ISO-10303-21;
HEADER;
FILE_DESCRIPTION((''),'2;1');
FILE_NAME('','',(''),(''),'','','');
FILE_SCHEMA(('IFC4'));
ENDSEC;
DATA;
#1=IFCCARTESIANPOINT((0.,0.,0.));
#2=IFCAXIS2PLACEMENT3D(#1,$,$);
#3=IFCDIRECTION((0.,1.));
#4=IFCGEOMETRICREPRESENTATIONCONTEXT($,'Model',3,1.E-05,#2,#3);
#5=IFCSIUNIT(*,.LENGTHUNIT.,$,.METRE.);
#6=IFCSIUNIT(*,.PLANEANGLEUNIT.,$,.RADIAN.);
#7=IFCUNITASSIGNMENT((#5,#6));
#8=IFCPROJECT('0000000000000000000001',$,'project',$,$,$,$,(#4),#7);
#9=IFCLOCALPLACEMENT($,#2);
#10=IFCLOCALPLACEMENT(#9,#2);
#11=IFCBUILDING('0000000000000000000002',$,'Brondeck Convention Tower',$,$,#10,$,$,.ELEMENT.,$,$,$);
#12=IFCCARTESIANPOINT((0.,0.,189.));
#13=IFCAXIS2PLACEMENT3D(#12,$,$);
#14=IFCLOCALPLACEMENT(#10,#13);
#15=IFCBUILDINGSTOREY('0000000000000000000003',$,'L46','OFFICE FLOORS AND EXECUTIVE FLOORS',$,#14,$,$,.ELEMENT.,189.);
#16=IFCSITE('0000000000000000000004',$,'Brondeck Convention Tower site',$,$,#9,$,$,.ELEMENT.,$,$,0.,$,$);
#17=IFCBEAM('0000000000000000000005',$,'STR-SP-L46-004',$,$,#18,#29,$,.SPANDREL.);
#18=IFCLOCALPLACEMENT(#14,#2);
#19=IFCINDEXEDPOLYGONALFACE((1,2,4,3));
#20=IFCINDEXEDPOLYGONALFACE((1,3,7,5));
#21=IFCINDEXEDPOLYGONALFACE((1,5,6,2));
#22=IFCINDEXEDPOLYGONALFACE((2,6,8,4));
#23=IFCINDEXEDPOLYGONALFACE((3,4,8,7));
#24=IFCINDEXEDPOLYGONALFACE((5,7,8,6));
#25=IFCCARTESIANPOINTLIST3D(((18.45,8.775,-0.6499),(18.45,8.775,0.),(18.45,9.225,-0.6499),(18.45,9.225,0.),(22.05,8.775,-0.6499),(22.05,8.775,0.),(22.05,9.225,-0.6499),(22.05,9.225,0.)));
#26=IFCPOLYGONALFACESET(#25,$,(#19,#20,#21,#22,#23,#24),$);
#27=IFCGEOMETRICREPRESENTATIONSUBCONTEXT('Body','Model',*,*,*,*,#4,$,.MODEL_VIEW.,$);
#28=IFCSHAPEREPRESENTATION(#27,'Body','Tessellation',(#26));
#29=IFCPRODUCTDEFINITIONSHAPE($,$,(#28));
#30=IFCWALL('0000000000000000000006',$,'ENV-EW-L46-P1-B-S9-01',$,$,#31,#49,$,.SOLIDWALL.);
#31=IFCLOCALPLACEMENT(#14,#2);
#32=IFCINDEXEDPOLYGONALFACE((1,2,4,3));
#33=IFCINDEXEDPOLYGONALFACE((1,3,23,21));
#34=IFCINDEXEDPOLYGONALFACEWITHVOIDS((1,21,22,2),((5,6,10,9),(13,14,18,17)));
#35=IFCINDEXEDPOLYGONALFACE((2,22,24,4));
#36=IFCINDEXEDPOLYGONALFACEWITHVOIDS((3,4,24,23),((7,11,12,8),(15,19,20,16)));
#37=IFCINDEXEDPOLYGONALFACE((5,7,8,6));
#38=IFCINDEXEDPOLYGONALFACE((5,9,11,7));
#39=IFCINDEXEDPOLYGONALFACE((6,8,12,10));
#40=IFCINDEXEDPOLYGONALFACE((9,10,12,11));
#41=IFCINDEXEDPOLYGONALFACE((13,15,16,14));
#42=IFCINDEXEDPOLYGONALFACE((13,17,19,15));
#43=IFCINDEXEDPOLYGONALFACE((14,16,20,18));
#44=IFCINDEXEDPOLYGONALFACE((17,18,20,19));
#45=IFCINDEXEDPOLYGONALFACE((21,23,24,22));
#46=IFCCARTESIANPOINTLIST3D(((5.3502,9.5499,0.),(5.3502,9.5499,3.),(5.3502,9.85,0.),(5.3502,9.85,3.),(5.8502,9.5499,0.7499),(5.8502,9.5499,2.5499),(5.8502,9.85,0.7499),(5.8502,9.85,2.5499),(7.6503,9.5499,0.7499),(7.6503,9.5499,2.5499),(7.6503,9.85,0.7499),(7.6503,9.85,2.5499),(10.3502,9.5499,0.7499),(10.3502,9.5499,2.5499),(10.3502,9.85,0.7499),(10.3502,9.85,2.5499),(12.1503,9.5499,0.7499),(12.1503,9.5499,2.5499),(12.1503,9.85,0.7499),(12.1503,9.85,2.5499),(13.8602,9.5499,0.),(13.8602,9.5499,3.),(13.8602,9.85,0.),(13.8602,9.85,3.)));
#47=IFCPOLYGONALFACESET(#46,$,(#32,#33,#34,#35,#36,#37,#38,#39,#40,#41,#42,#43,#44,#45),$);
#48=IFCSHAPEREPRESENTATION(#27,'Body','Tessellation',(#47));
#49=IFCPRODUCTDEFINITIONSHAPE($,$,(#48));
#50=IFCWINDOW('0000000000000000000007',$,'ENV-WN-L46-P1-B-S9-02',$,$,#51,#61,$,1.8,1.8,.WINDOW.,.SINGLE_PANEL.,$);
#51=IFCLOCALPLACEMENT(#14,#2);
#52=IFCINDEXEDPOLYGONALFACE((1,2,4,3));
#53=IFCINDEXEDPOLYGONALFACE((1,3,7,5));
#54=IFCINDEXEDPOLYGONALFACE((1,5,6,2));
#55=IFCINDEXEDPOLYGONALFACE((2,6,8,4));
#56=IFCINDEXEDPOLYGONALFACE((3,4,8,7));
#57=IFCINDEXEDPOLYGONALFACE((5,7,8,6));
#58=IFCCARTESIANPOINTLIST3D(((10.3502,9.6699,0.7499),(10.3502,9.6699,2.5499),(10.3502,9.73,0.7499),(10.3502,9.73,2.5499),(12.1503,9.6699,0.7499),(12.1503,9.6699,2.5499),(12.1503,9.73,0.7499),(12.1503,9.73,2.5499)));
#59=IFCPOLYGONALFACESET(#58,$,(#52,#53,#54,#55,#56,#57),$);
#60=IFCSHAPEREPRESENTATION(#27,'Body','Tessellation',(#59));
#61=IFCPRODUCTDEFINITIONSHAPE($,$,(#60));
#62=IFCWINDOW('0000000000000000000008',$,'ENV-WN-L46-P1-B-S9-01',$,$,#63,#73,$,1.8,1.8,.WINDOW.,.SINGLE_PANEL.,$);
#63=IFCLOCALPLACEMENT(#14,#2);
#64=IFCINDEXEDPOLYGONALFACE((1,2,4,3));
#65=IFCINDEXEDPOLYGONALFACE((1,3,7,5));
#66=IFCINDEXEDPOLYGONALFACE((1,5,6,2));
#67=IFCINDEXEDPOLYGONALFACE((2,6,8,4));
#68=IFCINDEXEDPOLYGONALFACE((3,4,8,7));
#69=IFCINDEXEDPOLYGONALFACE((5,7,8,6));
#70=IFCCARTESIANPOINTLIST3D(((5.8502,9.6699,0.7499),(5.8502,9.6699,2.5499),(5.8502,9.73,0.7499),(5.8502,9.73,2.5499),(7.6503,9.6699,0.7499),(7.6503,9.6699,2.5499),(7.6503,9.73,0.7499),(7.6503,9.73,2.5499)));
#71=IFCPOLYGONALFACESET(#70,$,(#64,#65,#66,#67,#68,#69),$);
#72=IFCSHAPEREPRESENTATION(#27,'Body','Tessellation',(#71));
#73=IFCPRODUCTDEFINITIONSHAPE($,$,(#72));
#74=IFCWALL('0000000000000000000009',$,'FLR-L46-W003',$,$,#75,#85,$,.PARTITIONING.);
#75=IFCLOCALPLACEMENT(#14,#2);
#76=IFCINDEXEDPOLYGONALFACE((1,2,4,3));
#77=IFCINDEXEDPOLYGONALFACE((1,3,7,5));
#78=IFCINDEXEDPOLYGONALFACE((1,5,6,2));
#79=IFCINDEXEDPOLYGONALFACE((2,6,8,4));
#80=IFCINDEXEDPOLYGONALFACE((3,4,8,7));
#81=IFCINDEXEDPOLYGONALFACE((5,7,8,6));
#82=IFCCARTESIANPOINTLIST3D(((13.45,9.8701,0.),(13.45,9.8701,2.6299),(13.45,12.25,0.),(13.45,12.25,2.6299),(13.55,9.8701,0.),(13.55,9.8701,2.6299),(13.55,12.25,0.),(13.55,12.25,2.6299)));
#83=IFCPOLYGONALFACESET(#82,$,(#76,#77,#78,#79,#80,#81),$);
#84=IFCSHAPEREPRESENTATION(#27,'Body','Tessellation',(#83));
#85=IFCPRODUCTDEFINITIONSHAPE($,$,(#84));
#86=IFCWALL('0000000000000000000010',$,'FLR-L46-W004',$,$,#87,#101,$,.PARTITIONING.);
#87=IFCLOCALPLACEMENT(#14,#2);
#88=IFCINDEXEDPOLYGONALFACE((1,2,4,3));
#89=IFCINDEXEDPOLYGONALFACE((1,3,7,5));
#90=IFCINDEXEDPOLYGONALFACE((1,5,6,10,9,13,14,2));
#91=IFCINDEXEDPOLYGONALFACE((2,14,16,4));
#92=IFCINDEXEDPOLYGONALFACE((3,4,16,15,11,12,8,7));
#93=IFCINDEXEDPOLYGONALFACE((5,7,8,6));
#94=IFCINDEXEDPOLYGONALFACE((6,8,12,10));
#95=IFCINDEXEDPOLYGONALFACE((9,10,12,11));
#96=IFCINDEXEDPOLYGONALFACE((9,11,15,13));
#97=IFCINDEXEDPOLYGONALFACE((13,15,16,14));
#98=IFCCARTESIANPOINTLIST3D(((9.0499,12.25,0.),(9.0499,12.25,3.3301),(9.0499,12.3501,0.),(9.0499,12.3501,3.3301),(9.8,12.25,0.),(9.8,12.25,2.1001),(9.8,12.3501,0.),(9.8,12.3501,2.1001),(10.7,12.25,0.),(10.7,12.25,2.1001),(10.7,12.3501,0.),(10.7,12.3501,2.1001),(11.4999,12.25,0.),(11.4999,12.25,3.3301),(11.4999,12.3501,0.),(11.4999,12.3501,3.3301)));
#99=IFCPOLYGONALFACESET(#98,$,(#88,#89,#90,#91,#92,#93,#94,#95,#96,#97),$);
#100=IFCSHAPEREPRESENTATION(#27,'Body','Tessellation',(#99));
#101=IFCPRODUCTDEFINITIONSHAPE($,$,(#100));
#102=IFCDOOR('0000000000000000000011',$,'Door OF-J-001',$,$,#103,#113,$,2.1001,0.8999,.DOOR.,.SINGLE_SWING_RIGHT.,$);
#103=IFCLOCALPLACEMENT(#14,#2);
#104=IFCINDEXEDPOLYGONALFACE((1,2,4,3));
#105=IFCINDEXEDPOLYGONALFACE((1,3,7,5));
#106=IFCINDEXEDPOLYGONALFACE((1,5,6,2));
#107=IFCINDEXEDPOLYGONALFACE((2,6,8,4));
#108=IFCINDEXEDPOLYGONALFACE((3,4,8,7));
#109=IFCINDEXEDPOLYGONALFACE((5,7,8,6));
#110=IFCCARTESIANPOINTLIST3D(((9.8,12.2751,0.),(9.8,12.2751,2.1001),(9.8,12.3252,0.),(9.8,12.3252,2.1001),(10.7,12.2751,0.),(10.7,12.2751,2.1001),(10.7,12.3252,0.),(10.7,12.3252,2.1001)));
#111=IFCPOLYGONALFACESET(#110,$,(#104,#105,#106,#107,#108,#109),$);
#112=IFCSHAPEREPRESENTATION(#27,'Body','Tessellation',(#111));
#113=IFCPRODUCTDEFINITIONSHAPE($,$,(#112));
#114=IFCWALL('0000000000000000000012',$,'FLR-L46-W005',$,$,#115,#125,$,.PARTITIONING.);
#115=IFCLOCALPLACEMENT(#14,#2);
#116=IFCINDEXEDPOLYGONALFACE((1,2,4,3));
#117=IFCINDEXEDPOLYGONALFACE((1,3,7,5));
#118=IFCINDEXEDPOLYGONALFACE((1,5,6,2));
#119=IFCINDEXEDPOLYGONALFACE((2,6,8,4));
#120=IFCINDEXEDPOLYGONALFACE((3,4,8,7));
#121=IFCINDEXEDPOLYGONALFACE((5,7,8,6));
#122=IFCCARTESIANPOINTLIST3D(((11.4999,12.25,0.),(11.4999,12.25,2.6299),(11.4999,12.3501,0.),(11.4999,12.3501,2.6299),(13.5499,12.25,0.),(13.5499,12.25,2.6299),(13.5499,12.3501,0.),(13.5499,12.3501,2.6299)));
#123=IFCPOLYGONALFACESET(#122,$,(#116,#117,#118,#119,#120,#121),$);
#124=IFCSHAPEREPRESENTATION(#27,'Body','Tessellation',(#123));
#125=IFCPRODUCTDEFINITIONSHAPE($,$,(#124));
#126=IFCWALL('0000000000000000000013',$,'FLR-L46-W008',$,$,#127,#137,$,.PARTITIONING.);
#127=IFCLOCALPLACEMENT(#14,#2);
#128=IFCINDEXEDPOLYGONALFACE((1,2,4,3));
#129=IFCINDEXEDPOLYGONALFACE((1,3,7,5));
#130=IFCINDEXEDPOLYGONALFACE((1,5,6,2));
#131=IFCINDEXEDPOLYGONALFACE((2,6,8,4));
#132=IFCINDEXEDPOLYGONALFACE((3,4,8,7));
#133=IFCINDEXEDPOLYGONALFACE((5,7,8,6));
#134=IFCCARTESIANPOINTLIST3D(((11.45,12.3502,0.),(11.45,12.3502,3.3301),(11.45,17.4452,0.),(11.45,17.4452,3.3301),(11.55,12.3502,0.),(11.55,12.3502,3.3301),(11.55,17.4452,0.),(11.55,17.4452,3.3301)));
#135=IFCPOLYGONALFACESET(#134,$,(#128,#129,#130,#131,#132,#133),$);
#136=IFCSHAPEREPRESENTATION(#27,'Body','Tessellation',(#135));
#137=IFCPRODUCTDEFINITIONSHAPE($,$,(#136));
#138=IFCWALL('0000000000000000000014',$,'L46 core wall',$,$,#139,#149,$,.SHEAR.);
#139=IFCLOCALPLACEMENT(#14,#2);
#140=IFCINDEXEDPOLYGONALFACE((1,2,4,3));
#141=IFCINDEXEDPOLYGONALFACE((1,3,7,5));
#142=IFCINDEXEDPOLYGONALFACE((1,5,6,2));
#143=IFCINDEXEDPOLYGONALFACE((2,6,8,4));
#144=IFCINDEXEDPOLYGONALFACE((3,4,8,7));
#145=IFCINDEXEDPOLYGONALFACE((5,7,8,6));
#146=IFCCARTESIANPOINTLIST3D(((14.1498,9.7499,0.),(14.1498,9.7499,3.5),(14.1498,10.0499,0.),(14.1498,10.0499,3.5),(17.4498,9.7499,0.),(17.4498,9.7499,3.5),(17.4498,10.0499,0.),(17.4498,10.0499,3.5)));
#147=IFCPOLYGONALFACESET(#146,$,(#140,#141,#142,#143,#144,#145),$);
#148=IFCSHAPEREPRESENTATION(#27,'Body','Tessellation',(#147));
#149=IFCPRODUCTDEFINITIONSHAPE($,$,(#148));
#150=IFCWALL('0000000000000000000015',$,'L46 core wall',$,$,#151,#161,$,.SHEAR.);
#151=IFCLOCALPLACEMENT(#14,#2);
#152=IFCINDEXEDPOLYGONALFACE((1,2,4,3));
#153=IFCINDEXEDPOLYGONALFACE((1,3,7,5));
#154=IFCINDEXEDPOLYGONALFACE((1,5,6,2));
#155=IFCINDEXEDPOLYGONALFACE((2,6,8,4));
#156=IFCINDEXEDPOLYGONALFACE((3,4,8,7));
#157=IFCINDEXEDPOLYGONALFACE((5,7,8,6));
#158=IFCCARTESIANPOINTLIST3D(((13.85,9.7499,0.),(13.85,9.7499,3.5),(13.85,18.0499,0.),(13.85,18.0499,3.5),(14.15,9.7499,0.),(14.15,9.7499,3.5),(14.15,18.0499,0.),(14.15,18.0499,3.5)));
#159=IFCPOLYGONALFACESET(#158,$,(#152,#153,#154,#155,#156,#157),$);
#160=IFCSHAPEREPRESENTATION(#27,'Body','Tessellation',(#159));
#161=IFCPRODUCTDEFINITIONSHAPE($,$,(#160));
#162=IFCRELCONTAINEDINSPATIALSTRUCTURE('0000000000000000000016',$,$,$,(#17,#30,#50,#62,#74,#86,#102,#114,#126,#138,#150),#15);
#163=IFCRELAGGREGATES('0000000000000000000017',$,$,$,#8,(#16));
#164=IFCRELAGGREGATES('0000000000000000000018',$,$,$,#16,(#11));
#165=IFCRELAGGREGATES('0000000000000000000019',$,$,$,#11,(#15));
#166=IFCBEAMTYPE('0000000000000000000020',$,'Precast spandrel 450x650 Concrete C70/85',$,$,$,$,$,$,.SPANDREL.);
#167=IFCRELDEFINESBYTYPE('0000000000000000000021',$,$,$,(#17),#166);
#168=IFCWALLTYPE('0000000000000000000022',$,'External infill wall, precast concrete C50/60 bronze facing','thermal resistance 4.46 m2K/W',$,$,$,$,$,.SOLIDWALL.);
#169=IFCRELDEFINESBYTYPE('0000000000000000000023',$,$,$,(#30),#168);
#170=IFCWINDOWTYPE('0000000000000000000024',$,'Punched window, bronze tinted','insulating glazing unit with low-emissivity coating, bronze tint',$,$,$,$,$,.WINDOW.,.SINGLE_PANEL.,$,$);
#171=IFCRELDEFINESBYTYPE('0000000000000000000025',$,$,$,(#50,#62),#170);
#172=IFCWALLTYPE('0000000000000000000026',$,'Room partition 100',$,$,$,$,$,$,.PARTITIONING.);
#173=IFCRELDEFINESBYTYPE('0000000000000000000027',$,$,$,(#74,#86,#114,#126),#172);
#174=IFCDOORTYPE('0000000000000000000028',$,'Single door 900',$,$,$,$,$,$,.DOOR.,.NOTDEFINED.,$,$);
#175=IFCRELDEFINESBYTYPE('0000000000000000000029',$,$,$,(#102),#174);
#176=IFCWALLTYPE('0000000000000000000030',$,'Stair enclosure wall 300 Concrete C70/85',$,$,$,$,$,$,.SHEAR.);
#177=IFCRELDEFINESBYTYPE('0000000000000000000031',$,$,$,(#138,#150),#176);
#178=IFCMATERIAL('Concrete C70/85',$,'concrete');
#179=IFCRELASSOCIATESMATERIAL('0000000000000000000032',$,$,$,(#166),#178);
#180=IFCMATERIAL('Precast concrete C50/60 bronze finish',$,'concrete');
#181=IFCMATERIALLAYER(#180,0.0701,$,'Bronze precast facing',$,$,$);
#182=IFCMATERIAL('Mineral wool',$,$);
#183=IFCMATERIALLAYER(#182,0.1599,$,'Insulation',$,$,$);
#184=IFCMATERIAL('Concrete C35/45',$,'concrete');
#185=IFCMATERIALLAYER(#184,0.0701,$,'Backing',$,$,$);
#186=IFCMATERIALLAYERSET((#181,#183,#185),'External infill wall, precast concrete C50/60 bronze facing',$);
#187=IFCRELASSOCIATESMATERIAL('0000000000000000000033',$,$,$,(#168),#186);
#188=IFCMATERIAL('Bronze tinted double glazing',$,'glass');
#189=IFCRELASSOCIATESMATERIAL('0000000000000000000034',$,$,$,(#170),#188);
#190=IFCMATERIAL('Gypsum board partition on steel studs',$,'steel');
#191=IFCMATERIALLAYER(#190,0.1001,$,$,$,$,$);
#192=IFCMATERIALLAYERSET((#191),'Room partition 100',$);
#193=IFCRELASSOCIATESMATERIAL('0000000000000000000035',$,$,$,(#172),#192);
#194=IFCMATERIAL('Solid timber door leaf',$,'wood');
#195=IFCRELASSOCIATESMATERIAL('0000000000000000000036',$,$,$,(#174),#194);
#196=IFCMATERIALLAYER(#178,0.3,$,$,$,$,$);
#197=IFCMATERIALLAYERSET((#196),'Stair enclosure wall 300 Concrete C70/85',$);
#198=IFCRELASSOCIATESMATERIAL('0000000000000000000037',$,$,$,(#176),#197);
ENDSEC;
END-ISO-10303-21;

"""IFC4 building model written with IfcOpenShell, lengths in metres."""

from ifc_helpers import new_model, si_unit, direction, frame, frame_2d, origin, origin_2d, place, context, subcontext, project, spatial, rectangle, extrude, material, layer, layer_set, material_profile, profile_set, type_object, element, fill, save


model = new_model("IFC4")

# Units and contexts
model_context = context("Model", 3, precision=1e-05, world=origin(), true_north=direction((0.0, 1.0)))
body_context = subcontext(model_context, "Body", "Model", "MODEL_VIEW")
ifc_project = project(units=[si_unit("LENGTHUNIT", "METRE"), si_unit("PLANEANGLEUNIT", "RADIAN")], contexts=[model_context])

# Site, building, storey
site_placement = place(None, origin())
site = spatial("IfcSite", under=ifc_project, at=site_placement, Name="Brondeck Convention Tower site", CompositionType="ELEMENT", RefElevation=0.0)
building_placement = place(site_placement, origin())
building = spatial("IfcBuilding", under=site, at=building_placement, Name="Brondeck Convention Tower", CompositionType="ELEMENT")
storey_placement = place(building_placement, frame((0.0, 0.0, 189.0)))
storey = spatial("IfcBuildingStorey", under=building, at=storey_placement, Name="L46", Description="OFFICE FLOORS AND EXECUTIVE FLOORS", CompositionType="ELEMENT", Elevation=189.0)

# Shared definitions
ifc_material_1 = material(Name="Concrete C70/85", Category="concrete")

# Beam
ifc_material_profile_1 = material_profile(ifc_material_1, rectangle(XDim=0.45, YDim=0.6499, at=origin_2d()), Name="Precast spandrel 450x650 Concrete C70/85")
ifc_profile_set_1 = profile_set([ifc_material_profile_1], Name="Concrete C70/85")
beam_type_1 = type_object("IfcBeamType", Name="Precast spandrel 450x650 Concrete C70/85", PredefinedType="SPANDREL", material=ifc_profile_set_1)
for number, where, z_axis, x_axis, name in (
    (1, (18.45, 9.0, -0.325), (1.0, 0.0, 0.0), (0.0, 1.0, 0.0), "STR-SP-L46-004"),
):
    element("IfcBeam", number, at=place(storey_placement, frame(where, z_axis=z_axis, x_axis=x_axis)), inside=storey, type_object=beam_type_1, Name=name, PredefinedType="SPANDREL", context=body_context, shape_type="SweptSolid", body=[
        extrude(rectangle(XDim=0.45, YDim=0.6499, at=origin_2d()), origin(), (0.0, 0.0, 1.0), 3.6001),
    ])

# Wall, openings, windows
ifc_material_2 = material(Name="Precast concrete C50/60 bronze finish", Category="concrete")
ifc_layer_1 = layer(ifc_material_2, 0.0701, Name="Bronze precast facing")
ifc_material_3 = material(Name="Mineral wool")
ifc_layer_2 = layer(ifc_material_3, 0.1599, Name="Insulation")
ifc_material_4 = material(Name="Concrete C35/45", Category="concrete")
ifc_layer_3 = layer(ifc_material_4, 0.0701, Name="Backing")
ifc_layer_set_1 = layer_set([ifc_layer_1, ifc_layer_2, ifc_layer_3], Name="External infill wall, precast concrete C50/60 bronze facing")
wall_type_1 = type_object("IfcWallType", Name="External infill wall, precast concrete C50/60 bronze facing", Description="thermal resistance 4.46 m2K/W", PredefinedType="SOLIDWALL", material=ifc_layer_set_1)
wall_1_placement = place(storey_placement, frame((13.8601, 9.7, 0.0), z_axis=(0.0, 0.0, 1.0), x_axis=(-1.0, 0.0, 0.0)))
wall_1 = element("IfcWall", 2, at=wall_1_placement, inside=storey, type_object=wall_type_1, Name="ENV-EW-L46-P1-B-S9-01", PredefinedType="SOLIDWALL", context=body_context, shape_type="SweptSolid", body=[
    extrude(rectangle(XDim=8.51, YDim=0.3, at=frame_2d((4.2549, 0.0))), origin(), (0.0, 0.0, 1.0), 3.0),
])
opening_1_placement = place(wall_1_placement, frame((1.71, 0.0, 0.75)))
opening_1 = element("IfcOpeningElement", 3, at=opening_1_placement, cuts=wall_1, PredefinedType="OPENING", context=body_context, shape_type="SweptSolid", body=[
    extrude(rectangle(XDim=1.8, YDim=1.8, at=frame_2d((0.8999, 0.8999))), frame((0.0, 0.1599, 0.0), z_axis=(0.0, -1.0, 0.0), x_axis=(1.0, 0.0, 0.0)), (0.0, 0.0, 1.0), 0.3201),
])
opening_2_placement = place(wall_1_placement, frame((6.21, 0.0, 0.75)))
opening_2 = element("IfcOpeningElement", 4, at=opening_2_placement, cuts=wall_1, PredefinedType="OPENING", context=body_context, shape_type="SweptSolid", body=[
    extrude(rectangle(XDim=1.8, YDim=1.8, at=frame_2d((0.8999, 0.8999))), frame((0.0, 0.1599, 0.0), z_axis=(0.0, -1.0, 0.0), x_axis=(1.0, 0.0, 0.0)), (0.0, 0.0, 1.0), 0.3201),
])
ifc_material_5 = material(Name="Bronze tinted double glazing", Category="glass")
window_type = type_object("IfcWindowType", Name="Punched window, bronze tinted", Description="insulating glazing unit with low-emissivity coating, bronze tint", PartitioningType="SINGLE_PANEL", PredefinedType="WINDOW", material=ifc_material_5)
window_1_placement = place(opening_1_placement, origin())
window_1 = element("IfcWindow", 5, at=window_1_placement, inside=storey, type_object=window_type, Name="ENV-WN-L46-P1-B-S9-02", OverallHeight=1.8, OverallWidth=1.8, PartitioningType="SINGLE_PANEL", PredefinedType="WINDOW", context=body_context, shape_type="SweptSolid", body=[
    extrude(rectangle(XDim=1.8, YDim=1.8, at=frame_2d((0.8999, 0.8999))), frame((0.0, 0.03, 0.0), z_axis=(0.0, -1.0, 0.0), x_axis=(1.0, 0.0, 0.0)), (0.0, 0.0, 1.0), 0.0601),
])
fill(opening_1, window_1)
window_2_placement = place(opening_2_placement, origin())
window_2 = element("IfcWindow", 6, at=window_2_placement, inside=storey, type_object=window_type, Name="ENV-WN-L46-P1-B-S9-01", OverallHeight=1.8, OverallWidth=1.8, PartitioningType="SINGLE_PANEL", PredefinedType="WINDOW", context=body_context, shape_type="SweptSolid", body=[
    extrude(rectangle(XDim=1.8, YDim=1.8, at=frame_2d((0.8999, 0.8999))), frame((0.0, 0.03, 0.0), z_axis=(0.0, -1.0, 0.0), x_axis=(1.0, 0.0, 0.0)), (0.0, 0.0, 1.0), 0.0601),
])
fill(opening_2, window_2)

# Wall
ifc_material_6 = material(Name="Gypsum board partition on steel studs", Category="steel")
ifc_layer_4 = layer(ifc_material_6, 0.1001)
ifc_layer_set_2 = layer_set([ifc_layer_4], Name="Room partition 100")
wall_type_2 = type_object("IfcWallType", Name="Room partition 100", PredefinedType="PARTITIONING", material=ifc_layer_set_2)
wall_2_placement = place(storey_placement, frame((13.5, 12.25, 0.0), z_axis=(0.0, 0.0, 1.0), x_axis=(0.0, -1.0, 0.0)))
element("IfcWall", 7, at=wall_2_placement, inside=storey, type_object=wall_type_2, Name="FLR-L46-W003", PredefinedType="PARTITIONING", context=body_context, shape_type="SweptSolid", body=[
    extrude(rectangle(XDim=2.3799, YDim=0.1001, at=frame_2d((1.1899, 0.0))), origin(), (0.0, 0.0, 1.0), 2.6299),
])

# Wall, opening, door
wall_3_placement = place(storey_placement, frame((11.5, 12.3, 0.0), z_axis=(0.0, 0.0, 1.0), x_axis=(-1.0, 0.0, 0.0)))
wall_3 = element("IfcWall", 8, at=wall_3_placement, inside=storey, type_object=wall_type_2, Name="FLR-L46-W004", PredefinedType="PARTITIONING", context=body_context, shape_type="SweptSolid", body=[
    extrude(rectangle(XDim=2.45, YDim=0.1001, at=frame_2d((1.2251, 0.0))), origin(), (0.0, 0.0, 1.0), 3.3301),
])
opening_3_placement = place(wall_3_placement, frame((0.8, 0.0, 0.0)))
opening_3 = element("IfcOpeningElement", 9, at=opening_3_placement, cuts=wall_3, PredefinedType="OPENING", context=body_context, shape_type="SweptSolid", body=[
    extrude(rectangle(XDim=0.8999, YDim=2.1001, at=frame_2d((0.45, 1.05))), frame((0.0, 0.0601, 0.0), z_axis=(0.0, -1.0, 0.0), x_axis=(1.0, 0.0, 0.0)), (0.0, 0.0, 1.0), 0.1201),
])
ifc_material_7 = material(Name="Solid timber door leaf", Category="wood")
door_type_1 = type_object("IfcDoorType", Name="Single door 900", OperationType="NOTDEFINED", PredefinedType="DOOR", material=ifc_material_7)
door_1_placement = place(opening_3_placement, origin())
door_1 = element("IfcDoor", 10, at=door_1_placement, inside=storey, type_object=door_type_1, Name="Door OF-J-001", OperationType="SINGLE_SWING_RIGHT", OverallHeight=2.1001, OverallWidth=0.8999, PredefinedType="DOOR", context=body_context, shape_type="SweptSolid", body=[
    extrude(rectangle(XDim=0.8999, YDim=2.1001, at=frame_2d((0.45, 1.05))), frame((0.0, 0.0249, 0.0), z_axis=(0.0, -1.0, 0.0), x_axis=(1.0, 0.0, 0.0)), (0.0, 0.0, 1.0), 0.05),
])
fill(opening_3, door_1)

# Walls
wall_4_placement = place(storey_placement, frame((11.5, 12.3, 0.0), z_axis=(0.0, 0.0, 1.0), x_axis=(1.0, 0.0, 0.0)))
element("IfcWall", 11, at=wall_4_placement, inside=storey, type_object=wall_type_2, Name="FLR-L46-W005", PredefinedType="PARTITIONING", context=body_context, shape_type="SweptSolid", body=[
    extrude(rectangle(XDim=2.05, YDim=0.1001, at=frame_2d((1.0249, 0.0))), origin(), (0.0, 0.0, 1.0), 2.6299),
])
wall_5_placement = place(storey_placement, frame((11.5, 17.4451, 0.0), z_axis=(0.0, 0.0, 1.0), x_axis=(0.0, -1.0, 0.0)))
element("IfcWall", 12, at=wall_5_placement, inside=storey, type_object=wall_type_2, Name="FLR-L46-W008", PredefinedType="PARTITIONING", context=body_context, shape_type="SweptSolid", body=[
    extrude(rectangle(XDim=5.095, YDim=0.1001, at=frame_2d((2.5474, 0.0))), origin(), (0.0, 0.0, 1.0), 3.3301),
])
ifc_layer_5 = layer(ifc_material_1, 0.3)
ifc_layer_set_3 = layer_set([ifc_layer_5], Name="Stair enclosure wall 300 Concrete C70/85")
wall_type_3 = type_object("IfcWallType", Name="Stair enclosure wall 300 Concrete C70/85", PredefinedType="SHEAR", material=ifc_layer_set_3)
wall_6_placement = place(storey_placement, frame((14.1499, 9.8999, 0.0), z_axis=(0.0, 0.0, 1.0), x_axis=(1.0, 0.0, 0.0)))
element("IfcWall", 13, at=wall_6_placement, inside=storey, type_object=wall_type_3, Name="L46 core wall", PredefinedType="SHEAR", context=body_context, shape_type="SweptSolid", body=[
    extrude(rectangle(XDim=3.3, YDim=0.3, at=frame_2d((1.6499, 0.0))), origin(), (0.0, 0.0, 1.0), 3.5),
])
wall_7_placement = place(storey_placement, frame((14.0, 9.75, 0.0), z_axis=(0.0, 0.0, 1.0), x_axis=(0.0, 1.0, 0.0)))
element("IfcWall", 14, at=wall_7_placement, inside=storey, type_object=wall_type_3, Name="L46 core wall", PredefinedType="SHEAR", context=body_context, shape_type="SweptSolid", body=[
    extrude(rectangle(XDim=8.3, YDim=0.3, at=frame_2d((4.1499, 0.0))), origin(), (0.0, 0.0, 1.0), 3.5),
])

save(model, "model.ifc")
